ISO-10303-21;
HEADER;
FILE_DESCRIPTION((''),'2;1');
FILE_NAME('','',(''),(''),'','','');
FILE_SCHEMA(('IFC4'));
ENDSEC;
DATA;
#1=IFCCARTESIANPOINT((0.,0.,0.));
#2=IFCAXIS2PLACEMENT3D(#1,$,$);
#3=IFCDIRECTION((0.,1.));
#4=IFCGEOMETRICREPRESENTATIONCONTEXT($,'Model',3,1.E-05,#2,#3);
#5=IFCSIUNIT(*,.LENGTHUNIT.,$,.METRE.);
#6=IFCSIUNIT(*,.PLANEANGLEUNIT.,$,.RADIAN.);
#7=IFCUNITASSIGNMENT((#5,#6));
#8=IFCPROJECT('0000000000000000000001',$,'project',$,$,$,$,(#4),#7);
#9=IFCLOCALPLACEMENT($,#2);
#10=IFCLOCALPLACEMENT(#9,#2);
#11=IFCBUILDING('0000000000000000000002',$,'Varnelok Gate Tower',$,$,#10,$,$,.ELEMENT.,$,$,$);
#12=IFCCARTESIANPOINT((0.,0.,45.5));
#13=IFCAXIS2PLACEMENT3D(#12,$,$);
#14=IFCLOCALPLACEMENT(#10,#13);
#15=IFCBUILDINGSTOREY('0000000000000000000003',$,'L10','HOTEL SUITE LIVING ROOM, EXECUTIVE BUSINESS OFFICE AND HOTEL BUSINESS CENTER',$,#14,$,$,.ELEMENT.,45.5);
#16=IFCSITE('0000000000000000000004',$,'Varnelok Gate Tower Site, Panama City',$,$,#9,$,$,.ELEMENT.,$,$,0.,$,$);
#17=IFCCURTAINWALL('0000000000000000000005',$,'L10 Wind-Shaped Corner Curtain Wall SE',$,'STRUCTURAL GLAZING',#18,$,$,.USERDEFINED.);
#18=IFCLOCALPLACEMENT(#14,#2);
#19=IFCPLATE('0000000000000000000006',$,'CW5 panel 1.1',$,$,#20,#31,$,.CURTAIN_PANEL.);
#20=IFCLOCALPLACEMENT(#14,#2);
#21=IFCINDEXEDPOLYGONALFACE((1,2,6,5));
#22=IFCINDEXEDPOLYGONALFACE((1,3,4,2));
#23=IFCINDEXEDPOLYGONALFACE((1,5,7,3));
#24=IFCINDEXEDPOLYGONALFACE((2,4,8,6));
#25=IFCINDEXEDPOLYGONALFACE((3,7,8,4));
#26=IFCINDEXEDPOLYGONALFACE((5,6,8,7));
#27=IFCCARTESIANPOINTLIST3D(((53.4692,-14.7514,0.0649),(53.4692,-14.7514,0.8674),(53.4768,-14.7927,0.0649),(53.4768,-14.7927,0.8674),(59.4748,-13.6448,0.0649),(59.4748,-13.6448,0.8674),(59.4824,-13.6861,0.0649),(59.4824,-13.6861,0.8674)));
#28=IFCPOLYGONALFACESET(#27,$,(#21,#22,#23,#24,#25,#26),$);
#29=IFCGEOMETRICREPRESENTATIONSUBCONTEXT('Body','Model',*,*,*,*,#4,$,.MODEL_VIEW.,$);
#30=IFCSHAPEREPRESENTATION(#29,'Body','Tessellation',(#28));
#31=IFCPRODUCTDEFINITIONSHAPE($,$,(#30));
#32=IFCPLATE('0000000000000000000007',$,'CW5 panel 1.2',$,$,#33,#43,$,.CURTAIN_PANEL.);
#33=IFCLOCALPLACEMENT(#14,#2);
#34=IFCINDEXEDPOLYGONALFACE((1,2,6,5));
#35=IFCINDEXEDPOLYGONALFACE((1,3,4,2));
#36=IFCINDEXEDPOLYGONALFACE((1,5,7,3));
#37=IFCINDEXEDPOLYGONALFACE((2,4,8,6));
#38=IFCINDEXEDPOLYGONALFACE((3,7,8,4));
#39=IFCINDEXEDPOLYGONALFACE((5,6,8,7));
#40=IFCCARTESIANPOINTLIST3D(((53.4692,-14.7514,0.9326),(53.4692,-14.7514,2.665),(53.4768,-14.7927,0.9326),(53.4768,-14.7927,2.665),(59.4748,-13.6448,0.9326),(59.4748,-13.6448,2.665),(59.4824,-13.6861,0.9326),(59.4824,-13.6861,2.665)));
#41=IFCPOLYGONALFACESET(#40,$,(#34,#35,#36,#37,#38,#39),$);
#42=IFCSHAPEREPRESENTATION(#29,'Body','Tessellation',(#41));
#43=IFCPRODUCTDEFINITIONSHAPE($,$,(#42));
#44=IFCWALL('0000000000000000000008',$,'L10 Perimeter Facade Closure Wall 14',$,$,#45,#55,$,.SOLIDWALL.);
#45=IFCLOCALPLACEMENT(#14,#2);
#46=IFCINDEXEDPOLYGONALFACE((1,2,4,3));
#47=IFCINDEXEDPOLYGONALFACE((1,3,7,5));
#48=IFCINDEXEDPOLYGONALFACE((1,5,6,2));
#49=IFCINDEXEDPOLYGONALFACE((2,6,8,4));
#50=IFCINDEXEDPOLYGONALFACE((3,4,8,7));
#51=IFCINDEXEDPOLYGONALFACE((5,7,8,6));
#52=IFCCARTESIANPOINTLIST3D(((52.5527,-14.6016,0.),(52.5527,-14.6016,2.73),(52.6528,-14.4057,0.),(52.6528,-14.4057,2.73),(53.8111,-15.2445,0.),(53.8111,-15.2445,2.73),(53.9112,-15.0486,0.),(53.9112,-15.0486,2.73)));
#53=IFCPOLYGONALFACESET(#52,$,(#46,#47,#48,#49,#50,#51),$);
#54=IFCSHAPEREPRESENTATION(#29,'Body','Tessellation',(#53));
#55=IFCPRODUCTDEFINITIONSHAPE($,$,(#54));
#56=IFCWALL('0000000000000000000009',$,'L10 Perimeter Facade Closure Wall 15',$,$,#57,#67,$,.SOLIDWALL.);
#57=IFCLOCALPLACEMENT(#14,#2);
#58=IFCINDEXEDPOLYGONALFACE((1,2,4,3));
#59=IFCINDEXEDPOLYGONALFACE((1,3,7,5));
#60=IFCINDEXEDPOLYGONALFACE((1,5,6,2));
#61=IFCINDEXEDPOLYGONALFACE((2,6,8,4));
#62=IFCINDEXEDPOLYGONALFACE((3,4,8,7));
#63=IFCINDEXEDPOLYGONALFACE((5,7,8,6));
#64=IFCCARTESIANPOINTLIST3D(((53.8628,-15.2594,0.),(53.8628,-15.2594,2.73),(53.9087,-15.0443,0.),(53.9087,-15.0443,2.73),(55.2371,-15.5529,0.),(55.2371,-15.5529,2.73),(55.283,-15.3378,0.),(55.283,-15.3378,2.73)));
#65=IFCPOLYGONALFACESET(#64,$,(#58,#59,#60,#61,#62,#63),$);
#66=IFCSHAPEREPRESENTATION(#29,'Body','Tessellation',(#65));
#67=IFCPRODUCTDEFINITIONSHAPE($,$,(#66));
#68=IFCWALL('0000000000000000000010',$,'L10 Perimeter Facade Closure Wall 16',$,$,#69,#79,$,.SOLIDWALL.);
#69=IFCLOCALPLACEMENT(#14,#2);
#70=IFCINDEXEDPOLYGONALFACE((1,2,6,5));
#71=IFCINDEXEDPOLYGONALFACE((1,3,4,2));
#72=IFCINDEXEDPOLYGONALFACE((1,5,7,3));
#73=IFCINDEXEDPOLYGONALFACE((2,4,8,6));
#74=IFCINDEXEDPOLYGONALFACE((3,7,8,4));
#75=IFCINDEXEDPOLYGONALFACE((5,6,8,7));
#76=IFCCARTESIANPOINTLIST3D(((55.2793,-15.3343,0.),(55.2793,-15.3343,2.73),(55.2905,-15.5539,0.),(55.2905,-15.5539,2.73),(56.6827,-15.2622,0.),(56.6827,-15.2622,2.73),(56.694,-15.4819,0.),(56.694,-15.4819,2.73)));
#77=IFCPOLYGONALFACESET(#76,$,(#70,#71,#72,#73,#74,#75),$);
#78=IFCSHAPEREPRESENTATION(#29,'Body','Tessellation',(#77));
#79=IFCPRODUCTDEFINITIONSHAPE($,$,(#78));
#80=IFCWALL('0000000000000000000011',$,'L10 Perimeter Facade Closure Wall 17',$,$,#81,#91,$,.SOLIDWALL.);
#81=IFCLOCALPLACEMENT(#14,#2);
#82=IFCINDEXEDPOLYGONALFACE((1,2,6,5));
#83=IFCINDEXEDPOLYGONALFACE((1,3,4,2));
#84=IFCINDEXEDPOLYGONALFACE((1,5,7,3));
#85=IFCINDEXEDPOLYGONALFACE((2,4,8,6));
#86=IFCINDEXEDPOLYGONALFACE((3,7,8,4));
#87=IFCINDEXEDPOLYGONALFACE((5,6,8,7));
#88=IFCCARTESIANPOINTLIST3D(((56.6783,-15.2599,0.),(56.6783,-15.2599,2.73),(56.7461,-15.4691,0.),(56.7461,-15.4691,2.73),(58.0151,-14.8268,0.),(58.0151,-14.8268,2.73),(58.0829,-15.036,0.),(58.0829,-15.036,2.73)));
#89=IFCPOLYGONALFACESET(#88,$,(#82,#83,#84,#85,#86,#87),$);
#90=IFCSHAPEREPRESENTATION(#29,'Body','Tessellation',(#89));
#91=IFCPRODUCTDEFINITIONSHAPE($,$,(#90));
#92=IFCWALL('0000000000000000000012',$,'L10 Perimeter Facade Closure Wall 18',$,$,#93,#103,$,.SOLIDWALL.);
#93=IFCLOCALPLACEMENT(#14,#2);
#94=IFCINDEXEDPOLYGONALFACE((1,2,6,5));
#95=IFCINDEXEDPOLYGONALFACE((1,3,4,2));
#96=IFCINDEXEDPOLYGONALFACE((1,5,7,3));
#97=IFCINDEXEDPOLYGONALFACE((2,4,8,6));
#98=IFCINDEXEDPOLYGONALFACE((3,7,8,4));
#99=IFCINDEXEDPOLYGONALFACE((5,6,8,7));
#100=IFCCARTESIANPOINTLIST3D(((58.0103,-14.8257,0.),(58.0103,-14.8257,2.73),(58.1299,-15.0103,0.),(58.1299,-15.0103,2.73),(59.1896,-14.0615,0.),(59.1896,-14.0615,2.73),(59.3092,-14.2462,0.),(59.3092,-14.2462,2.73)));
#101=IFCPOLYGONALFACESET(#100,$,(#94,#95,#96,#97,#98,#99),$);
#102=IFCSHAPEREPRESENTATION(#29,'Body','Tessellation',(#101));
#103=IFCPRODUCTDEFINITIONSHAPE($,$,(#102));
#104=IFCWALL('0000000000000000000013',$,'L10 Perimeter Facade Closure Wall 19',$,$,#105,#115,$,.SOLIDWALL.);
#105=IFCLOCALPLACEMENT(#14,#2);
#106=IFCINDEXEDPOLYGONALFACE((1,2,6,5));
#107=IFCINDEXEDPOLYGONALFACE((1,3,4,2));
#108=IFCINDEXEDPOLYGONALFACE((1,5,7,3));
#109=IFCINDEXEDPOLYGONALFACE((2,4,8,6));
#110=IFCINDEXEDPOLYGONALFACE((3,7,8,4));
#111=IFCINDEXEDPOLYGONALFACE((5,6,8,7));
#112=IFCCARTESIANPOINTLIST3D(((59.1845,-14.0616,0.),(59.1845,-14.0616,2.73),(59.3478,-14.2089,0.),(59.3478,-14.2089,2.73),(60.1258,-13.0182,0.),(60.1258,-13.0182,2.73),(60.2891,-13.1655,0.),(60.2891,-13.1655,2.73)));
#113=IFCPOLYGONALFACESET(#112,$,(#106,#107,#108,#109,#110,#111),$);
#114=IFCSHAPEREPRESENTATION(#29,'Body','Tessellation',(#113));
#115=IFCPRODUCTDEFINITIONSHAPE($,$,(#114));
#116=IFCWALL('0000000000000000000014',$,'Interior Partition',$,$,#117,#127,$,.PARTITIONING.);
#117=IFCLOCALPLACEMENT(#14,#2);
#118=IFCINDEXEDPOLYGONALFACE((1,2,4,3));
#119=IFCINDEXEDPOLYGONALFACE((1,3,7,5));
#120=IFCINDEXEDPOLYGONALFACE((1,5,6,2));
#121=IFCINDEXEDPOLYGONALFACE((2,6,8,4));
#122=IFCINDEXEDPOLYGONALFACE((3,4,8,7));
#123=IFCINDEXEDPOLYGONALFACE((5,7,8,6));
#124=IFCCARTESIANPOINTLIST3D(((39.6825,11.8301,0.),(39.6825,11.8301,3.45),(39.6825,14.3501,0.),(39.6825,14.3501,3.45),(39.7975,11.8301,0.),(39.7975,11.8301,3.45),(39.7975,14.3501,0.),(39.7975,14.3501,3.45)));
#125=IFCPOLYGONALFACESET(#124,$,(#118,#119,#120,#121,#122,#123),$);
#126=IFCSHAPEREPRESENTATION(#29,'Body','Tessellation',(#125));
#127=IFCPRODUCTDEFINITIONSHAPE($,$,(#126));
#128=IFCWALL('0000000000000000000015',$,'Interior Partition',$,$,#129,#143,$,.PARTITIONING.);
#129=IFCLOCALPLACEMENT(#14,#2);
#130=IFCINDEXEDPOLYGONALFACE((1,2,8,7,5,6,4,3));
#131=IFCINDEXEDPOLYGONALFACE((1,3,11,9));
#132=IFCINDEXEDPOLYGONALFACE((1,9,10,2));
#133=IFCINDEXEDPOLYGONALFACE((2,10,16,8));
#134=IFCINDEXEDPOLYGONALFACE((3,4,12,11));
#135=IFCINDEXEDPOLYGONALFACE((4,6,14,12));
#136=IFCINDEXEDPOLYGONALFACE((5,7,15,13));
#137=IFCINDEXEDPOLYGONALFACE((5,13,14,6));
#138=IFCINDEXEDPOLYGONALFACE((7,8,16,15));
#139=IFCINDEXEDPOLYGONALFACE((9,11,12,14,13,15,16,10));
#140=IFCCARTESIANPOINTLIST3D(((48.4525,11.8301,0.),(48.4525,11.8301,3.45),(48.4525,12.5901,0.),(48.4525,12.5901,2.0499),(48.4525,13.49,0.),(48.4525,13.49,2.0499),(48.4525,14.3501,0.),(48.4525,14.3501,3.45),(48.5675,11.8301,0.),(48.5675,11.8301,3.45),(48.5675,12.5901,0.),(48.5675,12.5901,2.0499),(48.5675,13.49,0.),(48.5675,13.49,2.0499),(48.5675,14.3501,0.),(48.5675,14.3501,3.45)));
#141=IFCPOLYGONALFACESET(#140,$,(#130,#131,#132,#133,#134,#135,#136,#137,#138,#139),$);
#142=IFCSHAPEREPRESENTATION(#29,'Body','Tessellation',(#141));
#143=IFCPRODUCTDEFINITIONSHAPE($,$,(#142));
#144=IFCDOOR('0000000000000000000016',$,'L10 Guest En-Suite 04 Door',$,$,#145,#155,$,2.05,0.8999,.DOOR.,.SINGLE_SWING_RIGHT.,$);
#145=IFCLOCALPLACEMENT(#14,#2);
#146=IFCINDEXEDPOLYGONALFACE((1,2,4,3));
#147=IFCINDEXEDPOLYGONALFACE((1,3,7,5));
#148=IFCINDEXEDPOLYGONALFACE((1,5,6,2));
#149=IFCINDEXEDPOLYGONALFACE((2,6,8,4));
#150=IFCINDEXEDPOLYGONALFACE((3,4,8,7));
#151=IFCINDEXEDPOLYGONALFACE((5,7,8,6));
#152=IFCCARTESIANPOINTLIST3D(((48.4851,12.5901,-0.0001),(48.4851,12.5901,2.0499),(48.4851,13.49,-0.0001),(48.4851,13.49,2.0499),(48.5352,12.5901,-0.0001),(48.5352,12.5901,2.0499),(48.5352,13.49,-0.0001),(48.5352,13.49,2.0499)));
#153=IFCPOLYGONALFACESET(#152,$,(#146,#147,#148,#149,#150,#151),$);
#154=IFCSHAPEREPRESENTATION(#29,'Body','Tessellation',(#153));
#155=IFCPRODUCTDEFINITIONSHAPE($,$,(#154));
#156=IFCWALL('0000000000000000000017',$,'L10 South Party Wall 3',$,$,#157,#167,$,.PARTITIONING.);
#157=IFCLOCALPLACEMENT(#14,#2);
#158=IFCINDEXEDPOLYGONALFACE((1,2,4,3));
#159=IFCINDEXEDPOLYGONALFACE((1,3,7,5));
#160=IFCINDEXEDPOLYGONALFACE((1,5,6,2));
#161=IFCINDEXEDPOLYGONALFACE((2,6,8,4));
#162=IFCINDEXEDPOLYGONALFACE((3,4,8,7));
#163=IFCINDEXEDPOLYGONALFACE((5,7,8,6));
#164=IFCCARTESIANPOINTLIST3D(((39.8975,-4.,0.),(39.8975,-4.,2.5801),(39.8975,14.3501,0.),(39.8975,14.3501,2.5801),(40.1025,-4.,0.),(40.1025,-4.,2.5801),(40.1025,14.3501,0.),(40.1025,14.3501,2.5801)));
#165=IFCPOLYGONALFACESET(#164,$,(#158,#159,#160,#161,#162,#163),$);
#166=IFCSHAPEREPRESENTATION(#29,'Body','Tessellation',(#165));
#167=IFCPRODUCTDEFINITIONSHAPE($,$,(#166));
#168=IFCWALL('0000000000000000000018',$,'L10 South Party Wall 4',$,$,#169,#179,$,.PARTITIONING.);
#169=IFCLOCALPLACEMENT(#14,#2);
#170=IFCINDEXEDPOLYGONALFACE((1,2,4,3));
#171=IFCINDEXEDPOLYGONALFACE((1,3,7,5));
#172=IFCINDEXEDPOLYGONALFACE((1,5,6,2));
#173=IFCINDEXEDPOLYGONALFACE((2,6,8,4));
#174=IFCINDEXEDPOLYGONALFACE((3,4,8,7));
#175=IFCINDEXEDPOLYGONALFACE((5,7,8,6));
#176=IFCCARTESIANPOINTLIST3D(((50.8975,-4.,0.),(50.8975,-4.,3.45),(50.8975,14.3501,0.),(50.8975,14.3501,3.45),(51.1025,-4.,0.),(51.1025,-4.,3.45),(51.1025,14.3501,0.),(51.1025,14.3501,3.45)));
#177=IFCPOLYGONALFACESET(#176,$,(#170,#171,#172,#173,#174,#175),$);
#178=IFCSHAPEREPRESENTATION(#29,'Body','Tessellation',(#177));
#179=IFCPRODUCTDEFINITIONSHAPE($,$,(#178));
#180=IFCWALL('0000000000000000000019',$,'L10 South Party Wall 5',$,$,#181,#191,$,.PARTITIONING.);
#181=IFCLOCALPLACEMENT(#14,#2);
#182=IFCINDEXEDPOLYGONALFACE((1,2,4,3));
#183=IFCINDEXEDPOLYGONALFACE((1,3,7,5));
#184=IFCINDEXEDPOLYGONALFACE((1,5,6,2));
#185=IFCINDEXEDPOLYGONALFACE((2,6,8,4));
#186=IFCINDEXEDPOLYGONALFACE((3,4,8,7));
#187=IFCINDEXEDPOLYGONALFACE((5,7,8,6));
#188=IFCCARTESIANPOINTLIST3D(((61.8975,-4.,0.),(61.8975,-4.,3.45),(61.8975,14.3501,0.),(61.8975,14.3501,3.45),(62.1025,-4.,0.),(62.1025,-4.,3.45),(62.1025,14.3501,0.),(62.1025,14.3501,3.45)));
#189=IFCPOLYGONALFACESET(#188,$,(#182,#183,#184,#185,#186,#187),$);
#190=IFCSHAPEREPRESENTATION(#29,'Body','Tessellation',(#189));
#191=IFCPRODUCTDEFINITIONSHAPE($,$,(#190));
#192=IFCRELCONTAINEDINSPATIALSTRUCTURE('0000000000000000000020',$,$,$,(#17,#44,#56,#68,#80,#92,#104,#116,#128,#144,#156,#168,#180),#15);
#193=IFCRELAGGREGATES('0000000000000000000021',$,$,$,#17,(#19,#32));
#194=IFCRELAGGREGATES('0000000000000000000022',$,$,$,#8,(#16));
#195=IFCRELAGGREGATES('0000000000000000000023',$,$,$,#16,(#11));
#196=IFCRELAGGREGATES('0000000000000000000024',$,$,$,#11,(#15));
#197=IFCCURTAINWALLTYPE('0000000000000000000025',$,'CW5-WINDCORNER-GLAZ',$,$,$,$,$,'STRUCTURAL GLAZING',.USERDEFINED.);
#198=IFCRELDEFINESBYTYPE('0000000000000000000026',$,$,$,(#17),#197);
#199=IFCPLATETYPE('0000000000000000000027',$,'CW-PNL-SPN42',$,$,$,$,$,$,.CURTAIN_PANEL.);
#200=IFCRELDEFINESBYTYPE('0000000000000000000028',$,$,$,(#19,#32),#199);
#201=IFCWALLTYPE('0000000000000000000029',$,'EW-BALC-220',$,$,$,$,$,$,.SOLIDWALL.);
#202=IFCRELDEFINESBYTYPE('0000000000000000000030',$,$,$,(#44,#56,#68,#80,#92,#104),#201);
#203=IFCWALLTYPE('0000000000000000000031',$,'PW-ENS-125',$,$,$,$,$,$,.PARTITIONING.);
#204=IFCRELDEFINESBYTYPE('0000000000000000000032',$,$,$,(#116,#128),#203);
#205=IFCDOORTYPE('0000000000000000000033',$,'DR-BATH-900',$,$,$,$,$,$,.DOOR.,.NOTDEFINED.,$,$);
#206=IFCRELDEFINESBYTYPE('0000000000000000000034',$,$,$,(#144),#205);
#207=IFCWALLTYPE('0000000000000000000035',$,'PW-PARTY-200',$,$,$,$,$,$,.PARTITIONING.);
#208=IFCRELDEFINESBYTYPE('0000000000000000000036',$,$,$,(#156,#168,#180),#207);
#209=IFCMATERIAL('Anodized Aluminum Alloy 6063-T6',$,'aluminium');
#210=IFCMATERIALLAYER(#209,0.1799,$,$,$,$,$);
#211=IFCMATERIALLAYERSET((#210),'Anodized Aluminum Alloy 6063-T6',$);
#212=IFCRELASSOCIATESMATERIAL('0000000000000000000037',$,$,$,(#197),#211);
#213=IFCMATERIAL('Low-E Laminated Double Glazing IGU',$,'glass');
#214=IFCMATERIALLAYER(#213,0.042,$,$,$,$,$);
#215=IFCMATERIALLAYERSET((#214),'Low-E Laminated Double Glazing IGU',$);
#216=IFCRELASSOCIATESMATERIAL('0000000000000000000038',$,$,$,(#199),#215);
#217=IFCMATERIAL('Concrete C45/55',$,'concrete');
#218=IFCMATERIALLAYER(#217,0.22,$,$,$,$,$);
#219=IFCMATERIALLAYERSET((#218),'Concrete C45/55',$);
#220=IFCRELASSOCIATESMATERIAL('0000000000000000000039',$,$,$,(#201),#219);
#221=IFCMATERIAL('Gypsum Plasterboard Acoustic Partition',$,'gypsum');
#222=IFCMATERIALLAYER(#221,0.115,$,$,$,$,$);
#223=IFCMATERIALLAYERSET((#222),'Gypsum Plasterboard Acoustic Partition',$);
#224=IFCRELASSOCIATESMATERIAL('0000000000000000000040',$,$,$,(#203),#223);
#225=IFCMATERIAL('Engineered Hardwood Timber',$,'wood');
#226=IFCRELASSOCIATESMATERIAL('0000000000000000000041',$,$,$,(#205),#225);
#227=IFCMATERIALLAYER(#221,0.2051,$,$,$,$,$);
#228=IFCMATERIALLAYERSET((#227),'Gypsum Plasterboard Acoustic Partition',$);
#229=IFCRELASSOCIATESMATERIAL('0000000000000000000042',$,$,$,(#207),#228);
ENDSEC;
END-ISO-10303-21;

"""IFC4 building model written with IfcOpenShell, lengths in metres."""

from ifc_helpers import new_model, si_unit, direction, frame, frame_2d, origin, origin_2d, place, context, subcontext, project, spatial, rectangle, extrude, source, transform, mapped, material, layer, layer_set, type_object, element, fill, aggregate, save


model = new_model("IFC4")

# Units and contexts
model_context = context("Model", 3, precision=1e-05, world=origin(), true_north=direction((0.0, 1.0)))
body_context = subcontext(model_context, "Body", "Model", "MODEL_VIEW")
ifc_project = project(units=[si_unit("LENGTHUNIT", "METRE"), si_unit("PLANEANGLEUNIT", "RADIAN")], contexts=[model_context])

# Site, building, storey
site_placement = place(None, origin())
site = spatial("IfcSite", under=ifc_project, at=site_placement, Name="Varnelok Gate Tower Site, Panama City", CompositionType="ELEMENT", RefElevation=0.0)
building_placement = place(site_placement, origin())
building = spatial("IfcBuilding", under=site, at=building_placement, Name="Varnelok Gate Tower", CompositionType="ELEMENT")
storey_placement = place(building_placement, frame((0.0, 0.0, 45.5)))
storey = spatial("IfcBuildingStorey", under=building, at=storey_placement, Name="L10", Description="HOTEL SUITE LIVING ROOM, EXECUTIVE BUSINESS OFFICE AND HOTEL BUSINESS CENTER", CompositionType="ELEMENT", Elevation=45.5)

# Shared definitions
ifc_material_1 = material(Name="Anodized Aluminum Alloy 6063-T6", Category="aluminium")

# Curtain wall
ifc_layer_1 = layer(ifc_material_1, 0.1799)
ifc_layer_set_1 = layer_set([ifc_layer_1], Name="Anodized Aluminum Alloy 6063-T6")
curtain_wall_type_1 = type_object("IfcCurtainWallType", Name="CW5-WINDCORNER-GLAZ", ElementType="STRUCTURAL GLAZING", PredefinedType="USERDEFINED", material=ifc_layer_set_1)
curtain_wall_1_placement = place(storey_placement, origin())
curtain_wall_1 = element("IfcCurtainWall", 1, at=curtain_wall_1_placement, inside=storey, type_object=curtain_wall_type_1, Name="L10 Wind-Shaped Corner Curtain Wall SE", ObjectType="STRUCTURAL GLAZING", PredefinedType="USERDEFINED")

# Plates
ifc_material_2 = material(Name="Low-E Laminated Double Glazing IGU", Category="glass")
ifc_layer_2 = layer(ifc_material_2, 0.042)
ifc_layer_set_2 = layer_set([ifc_layer_2], Name="Low-E Laminated Double Glazing IGU")
plate_type_1 = type_object("IfcPlateType", Name="CW-PNL-SPN42", PredefinedType="CURTAIN_PANEL", material=ifc_layer_set_2)
shared_shape_1 = source(origin(), body_context, "Body", "SweptSolid", [
    extrude(rectangle(XDim=6.1067, YDim=0.042, at=origin_2d()), origin(), (0.0, 0.0, 1.0), 0.8025),
])
plate_1_placement = place(storey_placement, frame((56.4758, -14.2188, 0.0649), z_axis=(0.0, 0.0, 1.0), x_axis=(0.983446, 0.181203, 0.0)))
plate_1 = element("IfcPlate", 2, at=plate_1_placement, type_object=plate_type_1, Name="CW5 panel 1.1", PredefinedType="CURTAIN_PANEL", context=body_context, shape_type="MappedRepresentation", body=[
    mapped(shared_shape_1, transform((0.0, 0.0, 0.0), scale=1.0)),
])
shared_shape_2 = source(origin(), body_context, "Body", "SweptSolid", [
    extrude(rectangle(XDim=6.1067, YDim=0.042, at=origin_2d()), origin(), (0.0, 0.0, 1.0), 1.7324),
])
plate_2_placement = place(storey_placement, frame((56.4758, -14.2188, 0.9326), z_axis=(0.0, 0.0, 1.0), x_axis=(0.983446, 0.181203, 0.0)))
plate_2 = element("IfcPlate", 3, at=plate_2_placement, type_object=plate_type_1, Name="CW5 panel 1.2", PredefinedType="CURTAIN_PANEL", context=body_context, shape_type="MappedRepresentation", body=[
    mapped(shared_shape_2, transform((0.0, 0.0, 0.0), scale=1.0)),
])
aggregate(curtain_wall_1, [plate_1, plate_2])

# Walls
ifc_material_3 = material(Name="Concrete C45/55", Category="concrete")
ifc_layer_3 = layer(ifc_material_3, 0.22)
ifc_layer_set_3 = layer_set([ifc_layer_3], Name="Concrete C45/55")
wall_type_1 = type_object("IfcWallType", Name="EW-BALC-220", PredefinedType="SOLIDWALL", material=ifc_layer_set_3)
wall_1_placement = place(storey_placement, frame((52.6028, -14.5037, 0.0), z_axis=(0.0, 0.0, 1.0), x_axis=(0.890523, -0.454938, 0.0)))
element("IfcWall", 4, at=wall_1_placement, inside=storey, type_object=wall_type_1, Name="L10 Perimeter Facade Closure Wall 14", PredefinedType="SOLIDWALL", context=body_context, shape_type="SweptSolid", body=[
    extrude(rectangle(XDim=1.4131, YDim=0.22, at=frame_2d((0.7065, 0.0))), origin(), (0.0, 0.0, 1.0), 2.73),
])
for number, where, z_axis, x_axis, name in (
    (5, (53.8857, -15.1519, 0.0), (0.0, 0.0, 1.0), (0.977952, -0.208829, 0.0), "L10 Perimeter Facade Closure Wall 15"),
    (6, (55.2849, -15.4441, 0.0), (0.0, 0.0, 1.0), (0.998686, 0.051255, 0.0), "L10 Perimeter Facade Closure Wall 16"),
    (7, (56.7122, -15.3645, 0.0), (0.0, 0.0, 1.0), (0.951325, 0.30819, 0.0), "L10 Perimeter Facade Closure Wall 17"),
    (8, (58.0701, -14.918, 0.0), (0.0, 0.0, 1.0), (0.839248, 0.543748, 0.0), "L10 Perimeter Facade Closure Wall 18"),
    (9, (59.2661, -14.1353, 0.0), (0.0, 0.0, 1.0), (0.669866, 0.742482, 0.0), "L10 Perimeter Facade Closure Wall 19"),
):
    element("IfcWall", number, at=place(storey_placement, frame(where, z_axis=z_axis, x_axis=x_axis)), inside=storey, type_object=wall_type_1, Name=name, PredefinedType="SOLIDWALL", context=body_context, shape_type="SweptSolid", body=[
        extrude(rectangle(XDim=1.4053, YDim=0.22, at=frame_2d((0.7026, 0.0))), origin(), (0.0, 0.0, 1.0), 2.73),
    ])
ifc_material_4 = material(Name="Gypsum Plasterboard Acoustic Partition", Category="gypsum")
ifc_layer_4 = layer(ifc_material_4, 0.115)
ifc_layer_set_4 = layer_set([ifc_layer_4], Name="Gypsum Plasterboard Acoustic Partition")
wall_type_2 = type_object("IfcWallType", Name="PW-ENS-125", PredefinedType="PARTITIONING", material=ifc_layer_set_4)
wall_2_placement = place(storey_placement, frame((39.74, 11.8301, 0.0), z_axis=(0.0, 0.0, 1.0), x_axis=(0.0, 1.0, 0.0)))
element("IfcWall", 10, at=wall_2_placement, inside=storey, type_object=wall_type_2, Name="Interior Partition", PredefinedType="PARTITIONING", context=body_context, shape_type="SweptSolid", body=[
    extrude(rectangle(XDim=2.52, YDim=0.115, at=frame_2d((1.26, 0.0))), origin(), (0.0, 0.0, 1.0), 3.45),
])

# Wall, opening, door
wall_3_placement = place(storey_placement, frame((48.51, 11.8301, 0.0), z_axis=(0.0, 0.0, 1.0), x_axis=(0.0, 1.0, 0.0)))
wall_3 = element("IfcWall", 11, at=wall_3_placement, inside=storey, type_object=wall_type_2, Name="Interior Partition", PredefinedType="PARTITIONING", context=body_context, shape_type="SweptSolid", body=[
    extrude(rectangle(XDim=2.52, YDim=0.115, at=frame_2d((1.26, 0.0))), origin(), (0.0, 0.0, 1.0), 3.45),
])
opening_placement = place(wall_3_placement, frame((0.76, 0.0, 0.0)))
opening = element("IfcOpeningElement", 12, at=opening_placement, cuts=wall_3, PredefinedType="OPENING", context=body_context, shape_type="SweptSolid", body=[
    extrude(rectangle(XDim=0.8999, YDim=2.05, at=frame_2d((0.45, 1.0249))), frame((0.0, 0.0674, 0.0), z_axis=(0.0, -1.0, 0.0), x_axis=(1.0, 0.0, 0.0)), (0.0, 0.0, 1.0), 0.135),
])
ifc_material_5 = material(Name="Engineered Hardwood Timber", Category="wood")
door_type = type_object("IfcDoorType", Name="DR-BATH-900", OperationType="NOTDEFINED", PredefinedType="DOOR", material=ifc_material_5)
door_placement = place(opening_placement, origin())
door = element("IfcDoor", 13, at=door_placement, inside=storey, type_object=door_type, Name="L10 Guest En-Suite 04 Door", OperationType="SINGLE_SWING_RIGHT", OverallHeight=2.05, OverallWidth=0.8999, PredefinedType="DOOR", context=body_context, shape_type="SweptSolid", body=[
    extrude(rectangle(XDim=0.8999, YDim=2.05, at=frame_2d((0.45, 1.0249))), frame((0.0, 0.0249, 0.0), z_axis=(0.0, -1.0, 0.0), x_axis=(1.0, 0.0, 0.0)), (0.0, 0.0, 1.0), 0.05),
])
fill(opening, door)

# Walls
ifc_layer_5 = layer(ifc_material_4, 0.2051)
ifc_layer_set_5 = layer_set([ifc_layer_5], Name="Gypsum Plasterboard Acoustic Partition")
wall_type_3 = type_object("IfcWallType", Name="PW-PARTY-200", PredefinedType="PARTITIONING", material=ifc_layer_set_5)
wall_4_placement = place(storey_placement, frame((40.0, -4.0, 0.0), z_axis=(0.0, 0.0, 1.0), x_axis=(0.0, 1.0, 0.0)))
element("IfcWall", 14, at=wall_4_placement, inside=storey, type_object=wall_type_3, Name="L10 South Party Wall 3", PredefinedType="PARTITIONING", context=body_context, shape_type="SweptSolid", body=[
    extrude(rectangle(XDim=18.3501, YDim=0.2051, at=frame_2d((9.175, 0.0))), origin(), (0.0, 0.0, 1.0), 2.5801),
])
for number, where, z_axis, x_axis, name in (
    (15, (51.0, -4.0, 0.0), (0.0, 0.0, 1.0), (0.0, 1.0, 0.0), "L10 South Party Wall 4"),
    (16, (62.0, -4.0, 0.0), (0.0, 0.0, 1.0), (0.0, 1.0, 0.0), "L10 South Party Wall 5"),
):
    element("IfcWall", number, at=place(storey_placement, frame(where, z_axis=z_axis, x_axis=x_axis)), inside=storey, type_object=wall_type_3, Name=name, PredefinedType="PARTITIONING", context=body_context, shape_type="SweptSolid", body=[
        extrude(rectangle(XDim=18.3501, YDim=0.2051, at=frame_2d((9.175, 0.0))), origin(), (0.0, 0.0, 1.0), 3.45),
    ])

save(model, "model.ifc")
